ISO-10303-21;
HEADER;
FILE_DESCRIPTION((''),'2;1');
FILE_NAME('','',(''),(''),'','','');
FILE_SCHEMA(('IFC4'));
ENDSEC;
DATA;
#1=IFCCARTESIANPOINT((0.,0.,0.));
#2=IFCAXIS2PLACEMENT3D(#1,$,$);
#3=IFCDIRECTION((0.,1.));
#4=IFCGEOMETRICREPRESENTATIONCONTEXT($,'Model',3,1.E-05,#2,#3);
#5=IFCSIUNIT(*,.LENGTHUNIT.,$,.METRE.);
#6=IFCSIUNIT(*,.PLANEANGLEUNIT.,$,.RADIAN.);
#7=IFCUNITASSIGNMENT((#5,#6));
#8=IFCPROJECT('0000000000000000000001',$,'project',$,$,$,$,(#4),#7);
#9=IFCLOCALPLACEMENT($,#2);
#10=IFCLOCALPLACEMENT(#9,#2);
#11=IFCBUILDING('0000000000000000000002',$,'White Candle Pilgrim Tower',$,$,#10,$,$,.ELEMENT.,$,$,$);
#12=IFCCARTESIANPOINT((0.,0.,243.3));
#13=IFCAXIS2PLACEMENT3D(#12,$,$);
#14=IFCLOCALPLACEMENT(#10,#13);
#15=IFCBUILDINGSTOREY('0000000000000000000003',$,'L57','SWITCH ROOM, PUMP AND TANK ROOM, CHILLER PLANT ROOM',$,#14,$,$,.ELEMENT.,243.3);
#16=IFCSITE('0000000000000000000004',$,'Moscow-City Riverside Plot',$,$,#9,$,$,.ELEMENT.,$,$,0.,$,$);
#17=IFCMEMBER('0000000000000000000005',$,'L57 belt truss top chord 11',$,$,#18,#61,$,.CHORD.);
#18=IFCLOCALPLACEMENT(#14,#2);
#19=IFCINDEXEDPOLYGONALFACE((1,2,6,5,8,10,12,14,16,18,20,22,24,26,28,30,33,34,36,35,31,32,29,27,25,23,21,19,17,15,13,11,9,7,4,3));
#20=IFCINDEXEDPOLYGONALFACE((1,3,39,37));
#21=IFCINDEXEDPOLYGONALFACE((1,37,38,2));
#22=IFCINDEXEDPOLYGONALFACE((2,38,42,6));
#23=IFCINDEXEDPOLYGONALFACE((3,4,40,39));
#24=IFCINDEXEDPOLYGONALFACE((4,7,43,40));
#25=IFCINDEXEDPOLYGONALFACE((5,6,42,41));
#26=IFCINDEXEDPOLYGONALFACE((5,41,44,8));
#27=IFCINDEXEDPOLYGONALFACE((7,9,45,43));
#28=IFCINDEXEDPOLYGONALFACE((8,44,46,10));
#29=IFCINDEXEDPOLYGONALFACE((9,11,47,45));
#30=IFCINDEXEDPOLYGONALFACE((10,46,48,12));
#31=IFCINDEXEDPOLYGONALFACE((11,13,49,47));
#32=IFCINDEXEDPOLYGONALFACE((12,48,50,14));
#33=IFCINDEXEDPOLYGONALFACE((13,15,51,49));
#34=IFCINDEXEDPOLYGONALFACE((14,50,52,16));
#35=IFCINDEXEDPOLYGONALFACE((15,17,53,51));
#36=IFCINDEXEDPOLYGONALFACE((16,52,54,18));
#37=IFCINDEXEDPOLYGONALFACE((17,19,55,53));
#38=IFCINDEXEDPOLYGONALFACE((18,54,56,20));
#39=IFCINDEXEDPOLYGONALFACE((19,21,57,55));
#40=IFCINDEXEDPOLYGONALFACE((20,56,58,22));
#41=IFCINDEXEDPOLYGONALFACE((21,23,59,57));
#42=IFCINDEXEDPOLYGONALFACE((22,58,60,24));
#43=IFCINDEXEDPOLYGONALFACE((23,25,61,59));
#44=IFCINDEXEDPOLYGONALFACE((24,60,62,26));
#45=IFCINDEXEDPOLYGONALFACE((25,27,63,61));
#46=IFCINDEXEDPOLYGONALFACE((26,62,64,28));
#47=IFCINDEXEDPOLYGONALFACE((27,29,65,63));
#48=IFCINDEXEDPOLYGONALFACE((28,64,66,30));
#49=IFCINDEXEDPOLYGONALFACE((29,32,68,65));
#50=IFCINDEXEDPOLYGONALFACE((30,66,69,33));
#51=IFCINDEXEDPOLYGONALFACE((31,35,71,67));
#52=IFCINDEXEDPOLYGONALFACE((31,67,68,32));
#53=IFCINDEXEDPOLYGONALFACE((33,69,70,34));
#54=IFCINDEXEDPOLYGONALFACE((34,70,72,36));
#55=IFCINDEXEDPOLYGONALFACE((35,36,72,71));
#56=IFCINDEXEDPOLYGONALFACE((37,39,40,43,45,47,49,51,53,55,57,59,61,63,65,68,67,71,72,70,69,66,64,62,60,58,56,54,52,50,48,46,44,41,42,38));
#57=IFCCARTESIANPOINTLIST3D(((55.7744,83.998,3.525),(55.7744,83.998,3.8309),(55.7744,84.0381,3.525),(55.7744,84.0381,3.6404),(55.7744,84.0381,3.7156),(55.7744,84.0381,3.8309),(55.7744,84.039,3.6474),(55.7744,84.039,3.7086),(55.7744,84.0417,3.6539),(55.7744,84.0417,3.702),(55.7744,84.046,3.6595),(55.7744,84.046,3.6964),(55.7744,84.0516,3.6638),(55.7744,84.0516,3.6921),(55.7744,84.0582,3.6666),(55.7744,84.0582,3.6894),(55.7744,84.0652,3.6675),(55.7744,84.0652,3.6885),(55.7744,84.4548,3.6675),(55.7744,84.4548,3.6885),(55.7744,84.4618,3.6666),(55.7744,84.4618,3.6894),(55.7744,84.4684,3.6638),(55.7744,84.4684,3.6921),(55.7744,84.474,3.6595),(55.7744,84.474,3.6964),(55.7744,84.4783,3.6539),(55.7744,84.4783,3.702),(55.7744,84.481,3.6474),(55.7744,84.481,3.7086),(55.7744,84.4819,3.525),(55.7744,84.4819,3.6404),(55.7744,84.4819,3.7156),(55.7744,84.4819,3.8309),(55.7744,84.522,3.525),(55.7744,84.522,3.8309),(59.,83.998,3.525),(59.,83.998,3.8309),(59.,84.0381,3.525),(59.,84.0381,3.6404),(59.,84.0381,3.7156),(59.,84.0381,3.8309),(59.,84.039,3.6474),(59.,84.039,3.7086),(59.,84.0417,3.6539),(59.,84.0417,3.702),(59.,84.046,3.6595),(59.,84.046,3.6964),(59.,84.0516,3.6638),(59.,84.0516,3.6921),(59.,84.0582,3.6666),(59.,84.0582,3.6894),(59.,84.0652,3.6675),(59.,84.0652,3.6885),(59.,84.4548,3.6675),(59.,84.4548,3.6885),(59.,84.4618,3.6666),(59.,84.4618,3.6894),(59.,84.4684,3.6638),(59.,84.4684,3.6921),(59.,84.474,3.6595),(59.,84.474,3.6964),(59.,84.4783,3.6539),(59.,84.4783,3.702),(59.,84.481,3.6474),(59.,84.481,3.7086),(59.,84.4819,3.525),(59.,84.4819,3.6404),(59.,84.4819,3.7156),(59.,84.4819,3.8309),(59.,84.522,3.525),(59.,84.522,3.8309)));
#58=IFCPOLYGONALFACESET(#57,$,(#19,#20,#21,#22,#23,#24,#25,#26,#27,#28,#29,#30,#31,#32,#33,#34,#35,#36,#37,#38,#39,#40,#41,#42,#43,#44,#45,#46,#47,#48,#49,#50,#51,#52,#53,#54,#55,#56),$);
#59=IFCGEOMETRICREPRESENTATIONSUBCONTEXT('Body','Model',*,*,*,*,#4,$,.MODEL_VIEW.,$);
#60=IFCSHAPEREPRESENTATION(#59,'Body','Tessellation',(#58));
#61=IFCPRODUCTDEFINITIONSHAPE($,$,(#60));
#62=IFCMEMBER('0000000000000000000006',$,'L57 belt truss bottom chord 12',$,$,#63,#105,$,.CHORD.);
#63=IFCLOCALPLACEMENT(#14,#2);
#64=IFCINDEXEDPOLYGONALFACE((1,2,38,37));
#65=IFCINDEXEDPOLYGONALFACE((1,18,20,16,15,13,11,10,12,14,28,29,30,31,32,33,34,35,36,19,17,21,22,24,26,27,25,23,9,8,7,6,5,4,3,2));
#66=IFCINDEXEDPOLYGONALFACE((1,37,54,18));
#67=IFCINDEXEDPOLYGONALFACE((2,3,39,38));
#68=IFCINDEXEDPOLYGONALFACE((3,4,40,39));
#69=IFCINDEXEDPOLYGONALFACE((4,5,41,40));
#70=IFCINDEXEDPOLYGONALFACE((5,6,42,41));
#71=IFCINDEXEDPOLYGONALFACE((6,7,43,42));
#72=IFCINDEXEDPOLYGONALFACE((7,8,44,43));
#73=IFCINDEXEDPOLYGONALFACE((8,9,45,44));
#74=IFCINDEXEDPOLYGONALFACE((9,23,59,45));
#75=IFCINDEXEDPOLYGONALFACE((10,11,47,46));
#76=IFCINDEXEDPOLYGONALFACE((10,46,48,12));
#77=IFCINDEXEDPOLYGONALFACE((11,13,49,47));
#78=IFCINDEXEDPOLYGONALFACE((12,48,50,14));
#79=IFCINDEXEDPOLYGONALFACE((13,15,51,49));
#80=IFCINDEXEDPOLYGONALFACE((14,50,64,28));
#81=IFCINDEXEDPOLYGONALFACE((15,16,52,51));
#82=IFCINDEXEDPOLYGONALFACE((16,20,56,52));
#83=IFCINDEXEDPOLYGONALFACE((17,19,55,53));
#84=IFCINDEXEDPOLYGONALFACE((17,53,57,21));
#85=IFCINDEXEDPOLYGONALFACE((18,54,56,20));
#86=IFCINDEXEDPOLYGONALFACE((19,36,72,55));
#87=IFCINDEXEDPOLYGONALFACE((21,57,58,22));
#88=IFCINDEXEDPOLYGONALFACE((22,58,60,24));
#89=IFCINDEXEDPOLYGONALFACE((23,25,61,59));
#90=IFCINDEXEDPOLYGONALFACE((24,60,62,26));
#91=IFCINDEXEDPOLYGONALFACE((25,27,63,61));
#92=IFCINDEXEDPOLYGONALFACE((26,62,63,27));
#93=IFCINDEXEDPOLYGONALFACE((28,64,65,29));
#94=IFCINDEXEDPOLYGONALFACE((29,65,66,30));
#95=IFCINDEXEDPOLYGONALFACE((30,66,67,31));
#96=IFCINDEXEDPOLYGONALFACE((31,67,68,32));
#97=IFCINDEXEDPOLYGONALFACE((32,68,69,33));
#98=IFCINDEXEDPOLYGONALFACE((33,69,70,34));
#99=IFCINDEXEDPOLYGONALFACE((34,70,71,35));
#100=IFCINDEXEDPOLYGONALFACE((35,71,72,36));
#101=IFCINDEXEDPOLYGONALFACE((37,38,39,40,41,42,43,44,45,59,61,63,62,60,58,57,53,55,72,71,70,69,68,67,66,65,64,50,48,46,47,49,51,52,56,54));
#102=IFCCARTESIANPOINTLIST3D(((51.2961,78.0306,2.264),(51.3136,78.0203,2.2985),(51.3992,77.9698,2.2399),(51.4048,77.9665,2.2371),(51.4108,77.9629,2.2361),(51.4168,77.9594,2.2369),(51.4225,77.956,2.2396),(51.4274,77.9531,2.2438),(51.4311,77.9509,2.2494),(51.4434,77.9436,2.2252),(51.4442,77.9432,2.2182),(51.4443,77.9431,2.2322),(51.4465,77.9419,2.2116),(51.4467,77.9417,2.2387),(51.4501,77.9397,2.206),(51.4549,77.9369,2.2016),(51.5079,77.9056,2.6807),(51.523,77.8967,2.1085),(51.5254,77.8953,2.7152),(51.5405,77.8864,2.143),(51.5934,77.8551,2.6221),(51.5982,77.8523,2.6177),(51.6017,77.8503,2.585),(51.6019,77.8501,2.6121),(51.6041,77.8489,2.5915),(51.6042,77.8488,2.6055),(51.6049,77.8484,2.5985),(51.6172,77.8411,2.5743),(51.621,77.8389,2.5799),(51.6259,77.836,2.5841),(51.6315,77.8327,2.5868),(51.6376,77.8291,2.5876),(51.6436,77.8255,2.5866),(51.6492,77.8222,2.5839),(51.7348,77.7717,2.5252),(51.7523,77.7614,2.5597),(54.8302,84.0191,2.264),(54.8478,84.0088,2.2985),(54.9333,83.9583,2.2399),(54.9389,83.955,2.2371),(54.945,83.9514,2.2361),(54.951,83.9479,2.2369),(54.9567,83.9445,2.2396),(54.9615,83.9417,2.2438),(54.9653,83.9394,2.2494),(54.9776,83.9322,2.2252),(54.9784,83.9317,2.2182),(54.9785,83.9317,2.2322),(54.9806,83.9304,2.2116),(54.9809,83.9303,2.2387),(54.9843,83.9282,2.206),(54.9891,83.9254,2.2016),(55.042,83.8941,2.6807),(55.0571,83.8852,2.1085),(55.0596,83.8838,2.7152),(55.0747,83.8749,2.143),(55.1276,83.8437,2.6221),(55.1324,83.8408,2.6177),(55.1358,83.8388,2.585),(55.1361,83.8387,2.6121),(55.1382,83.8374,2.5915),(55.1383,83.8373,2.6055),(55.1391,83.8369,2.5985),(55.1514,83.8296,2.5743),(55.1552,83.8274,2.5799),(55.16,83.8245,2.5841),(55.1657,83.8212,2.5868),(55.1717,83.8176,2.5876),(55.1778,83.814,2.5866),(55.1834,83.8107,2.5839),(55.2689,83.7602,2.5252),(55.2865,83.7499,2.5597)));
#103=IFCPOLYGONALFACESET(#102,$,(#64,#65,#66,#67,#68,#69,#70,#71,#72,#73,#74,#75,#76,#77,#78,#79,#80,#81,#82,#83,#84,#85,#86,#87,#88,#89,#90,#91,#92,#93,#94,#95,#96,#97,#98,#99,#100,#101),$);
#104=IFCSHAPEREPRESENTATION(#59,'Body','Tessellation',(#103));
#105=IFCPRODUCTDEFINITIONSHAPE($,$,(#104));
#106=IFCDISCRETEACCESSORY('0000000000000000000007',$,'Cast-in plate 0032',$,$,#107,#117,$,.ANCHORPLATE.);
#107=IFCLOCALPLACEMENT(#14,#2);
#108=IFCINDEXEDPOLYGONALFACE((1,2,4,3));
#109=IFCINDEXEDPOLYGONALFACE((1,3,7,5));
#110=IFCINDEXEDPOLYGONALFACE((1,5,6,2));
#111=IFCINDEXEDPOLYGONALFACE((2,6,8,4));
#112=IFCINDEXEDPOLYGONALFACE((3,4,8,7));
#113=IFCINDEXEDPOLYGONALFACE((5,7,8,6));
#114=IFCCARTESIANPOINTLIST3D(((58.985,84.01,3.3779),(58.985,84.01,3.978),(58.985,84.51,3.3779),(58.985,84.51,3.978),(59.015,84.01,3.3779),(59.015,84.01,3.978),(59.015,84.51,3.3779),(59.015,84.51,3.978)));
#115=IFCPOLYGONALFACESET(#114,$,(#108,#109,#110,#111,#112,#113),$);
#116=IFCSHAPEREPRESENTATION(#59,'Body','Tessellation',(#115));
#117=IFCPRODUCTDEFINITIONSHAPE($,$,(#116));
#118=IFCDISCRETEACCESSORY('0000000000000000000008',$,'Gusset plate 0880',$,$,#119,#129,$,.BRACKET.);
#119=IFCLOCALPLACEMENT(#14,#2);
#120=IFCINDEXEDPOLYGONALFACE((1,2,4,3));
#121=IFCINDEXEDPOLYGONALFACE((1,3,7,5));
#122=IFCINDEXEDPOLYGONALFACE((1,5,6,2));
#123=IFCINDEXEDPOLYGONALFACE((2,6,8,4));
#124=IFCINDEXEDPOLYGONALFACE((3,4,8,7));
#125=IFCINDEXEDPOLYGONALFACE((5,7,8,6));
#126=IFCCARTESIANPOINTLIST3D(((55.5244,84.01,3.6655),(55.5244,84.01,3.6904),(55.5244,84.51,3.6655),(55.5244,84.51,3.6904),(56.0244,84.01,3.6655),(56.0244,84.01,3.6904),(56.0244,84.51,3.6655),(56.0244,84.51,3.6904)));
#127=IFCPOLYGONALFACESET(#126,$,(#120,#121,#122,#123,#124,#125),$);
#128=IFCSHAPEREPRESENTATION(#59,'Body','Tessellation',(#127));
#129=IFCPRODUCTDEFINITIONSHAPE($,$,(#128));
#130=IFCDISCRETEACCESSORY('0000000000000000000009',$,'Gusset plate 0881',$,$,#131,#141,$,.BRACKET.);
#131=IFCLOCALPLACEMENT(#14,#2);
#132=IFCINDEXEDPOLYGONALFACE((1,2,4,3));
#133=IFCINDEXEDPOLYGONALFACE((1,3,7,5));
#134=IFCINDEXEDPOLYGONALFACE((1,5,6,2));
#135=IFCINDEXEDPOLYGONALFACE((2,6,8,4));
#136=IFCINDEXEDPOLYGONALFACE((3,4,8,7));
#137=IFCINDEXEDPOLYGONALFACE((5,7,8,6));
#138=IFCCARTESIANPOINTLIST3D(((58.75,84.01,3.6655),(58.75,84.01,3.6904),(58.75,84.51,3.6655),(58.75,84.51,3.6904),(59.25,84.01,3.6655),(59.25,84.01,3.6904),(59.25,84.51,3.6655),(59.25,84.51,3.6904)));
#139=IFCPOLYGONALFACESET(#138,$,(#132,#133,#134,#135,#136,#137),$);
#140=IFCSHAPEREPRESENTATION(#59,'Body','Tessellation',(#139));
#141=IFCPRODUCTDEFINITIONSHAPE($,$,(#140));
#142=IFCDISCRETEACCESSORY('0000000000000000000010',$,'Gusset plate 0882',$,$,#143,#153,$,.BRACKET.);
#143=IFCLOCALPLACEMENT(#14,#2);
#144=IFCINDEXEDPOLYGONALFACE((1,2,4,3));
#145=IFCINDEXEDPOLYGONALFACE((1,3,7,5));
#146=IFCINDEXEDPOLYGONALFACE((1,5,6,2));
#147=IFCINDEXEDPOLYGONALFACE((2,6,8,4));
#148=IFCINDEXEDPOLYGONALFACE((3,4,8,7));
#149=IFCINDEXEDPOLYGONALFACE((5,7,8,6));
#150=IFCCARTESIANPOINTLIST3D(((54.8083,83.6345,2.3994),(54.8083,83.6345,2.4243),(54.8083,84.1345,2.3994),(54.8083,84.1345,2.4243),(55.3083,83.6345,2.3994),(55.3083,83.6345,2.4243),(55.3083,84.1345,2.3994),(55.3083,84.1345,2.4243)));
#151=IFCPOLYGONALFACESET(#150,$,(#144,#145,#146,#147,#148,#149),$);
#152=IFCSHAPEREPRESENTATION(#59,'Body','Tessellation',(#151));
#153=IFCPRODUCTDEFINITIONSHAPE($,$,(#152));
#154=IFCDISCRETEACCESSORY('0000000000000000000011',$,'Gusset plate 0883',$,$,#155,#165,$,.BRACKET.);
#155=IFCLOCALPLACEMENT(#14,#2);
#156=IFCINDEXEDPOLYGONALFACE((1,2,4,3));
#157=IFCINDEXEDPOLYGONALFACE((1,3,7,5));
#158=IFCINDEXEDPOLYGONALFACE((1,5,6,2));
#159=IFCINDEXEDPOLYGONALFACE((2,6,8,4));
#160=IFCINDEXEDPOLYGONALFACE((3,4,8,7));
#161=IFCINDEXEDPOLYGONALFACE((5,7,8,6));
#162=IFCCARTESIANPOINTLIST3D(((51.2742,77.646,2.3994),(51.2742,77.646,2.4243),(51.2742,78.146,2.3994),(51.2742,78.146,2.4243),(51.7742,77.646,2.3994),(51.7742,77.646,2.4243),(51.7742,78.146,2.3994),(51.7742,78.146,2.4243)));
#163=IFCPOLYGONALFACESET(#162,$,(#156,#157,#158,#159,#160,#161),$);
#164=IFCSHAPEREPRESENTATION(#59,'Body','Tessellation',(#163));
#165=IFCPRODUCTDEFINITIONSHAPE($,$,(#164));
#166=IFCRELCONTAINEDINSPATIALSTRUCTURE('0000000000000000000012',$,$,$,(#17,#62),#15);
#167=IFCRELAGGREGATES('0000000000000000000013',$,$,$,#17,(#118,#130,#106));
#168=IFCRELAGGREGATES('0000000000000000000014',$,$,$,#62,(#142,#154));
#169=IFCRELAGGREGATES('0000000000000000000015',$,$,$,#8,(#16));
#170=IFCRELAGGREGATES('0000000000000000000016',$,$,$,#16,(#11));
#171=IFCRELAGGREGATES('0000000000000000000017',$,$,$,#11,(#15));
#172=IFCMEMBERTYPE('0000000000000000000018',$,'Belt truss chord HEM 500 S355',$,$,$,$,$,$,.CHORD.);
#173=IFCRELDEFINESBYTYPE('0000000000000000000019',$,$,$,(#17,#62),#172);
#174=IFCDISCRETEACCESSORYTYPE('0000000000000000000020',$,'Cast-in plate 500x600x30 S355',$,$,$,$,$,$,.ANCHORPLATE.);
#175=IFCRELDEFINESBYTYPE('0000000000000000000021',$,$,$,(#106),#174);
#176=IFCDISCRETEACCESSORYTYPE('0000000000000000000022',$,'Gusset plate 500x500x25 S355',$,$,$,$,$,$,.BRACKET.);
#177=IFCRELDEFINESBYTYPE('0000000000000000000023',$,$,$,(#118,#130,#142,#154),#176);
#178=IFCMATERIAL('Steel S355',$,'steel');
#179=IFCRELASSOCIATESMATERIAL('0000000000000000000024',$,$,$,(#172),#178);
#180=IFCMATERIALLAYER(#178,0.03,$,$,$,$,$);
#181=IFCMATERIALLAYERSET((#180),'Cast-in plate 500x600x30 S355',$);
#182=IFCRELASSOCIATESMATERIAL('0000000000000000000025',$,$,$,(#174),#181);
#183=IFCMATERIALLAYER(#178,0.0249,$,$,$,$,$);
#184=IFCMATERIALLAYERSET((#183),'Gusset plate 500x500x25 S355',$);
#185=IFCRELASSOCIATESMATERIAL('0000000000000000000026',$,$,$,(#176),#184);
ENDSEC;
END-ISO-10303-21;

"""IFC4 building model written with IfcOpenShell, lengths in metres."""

from ifc_helpers import new_model, si_unit, direction, frame, origin, origin_2d, place, context, subcontext, project, spatial, rectangle, i_section, extrude, material, layer, layer_set, material_profile, profile_set, type_object, element, aggregate, save


model = new_model("IFC4")

# Units and contexts
model_context = context("Model", 3, precision=1e-05, world=origin(), true_north=direction((0.0, 1.0)))
body_context = subcontext(model_context, "Body", "Model", "MODEL_VIEW")
ifc_project = project(units=[si_unit("LENGTHUNIT", "METRE"), si_unit("PLANEANGLEUNIT", "RADIAN")], contexts=[model_context])

# Site, building, storey
site_placement = place(None, origin())
site = spatial("IfcSite", under=ifc_project, at=site_placement, Name="Moscow-City Riverside Plot", CompositionType="ELEMENT", RefElevation=0.0)
building_placement = place(site_placement, origin())
building = spatial("IfcBuilding", under=site, at=building_placement, Name="White Candle Pilgrim Tower", CompositionType="ELEMENT")
storey_placement = place(building_placement, frame((0.0, 0.0, 243.3)))
storey = spatial("IfcBuildingStorey", under=building, at=storey_placement, Name="L57", Description="SWITCH ROOM, PUMP AND TANK ROOM, CHILLER PLANT ROOM", CompositionType="ELEMENT", Elevation=243.3)

# Members
ifc_material_1 = material(Name="Steel S355", Category="steel")
ifc_material_profile_1 = material_profile(ifc_material_1, i_section(OverallWidth=0.3059, OverallDepth=0.5239, WebThickness=0.021, FlangeThickness=0.04, FilletRadius=0.0271, at=origin_2d()), Name="HEM 500")
ifc_profile_set_1 = profile_set([ifc_material_profile_1], Name="Steel S355")
member_type_1 = type_object("IfcMemberType", Name="Belt truss chord HEM 500 S355", PredefinedType="CHORD", material=ifc_profile_set_1)
member_1_placement = place(storey_placement, frame((55.7744, 84.26, 3.678), z_axis=(1.0, 0.0, 0.0), x_axis=(0.0, 0.0, 1.0)))
member_1 = element("IfcMember", 1, at=member_1_placement, inside=storey, type_object=member_type_1, Name="L57 belt truss top chord 11", PredefinedType="CHORD", context=body_context, shape_type="SweptSolid", body=[
    extrude(i_section(OverallWidth=0.3059, OverallDepth=0.5239, WebThickness=0.021, FlangeThickness=0.04, FilletRadius=0.0271, at=origin_2d()), origin(), (0.0, 0.0, 1.0), 3.2256),
])
member_2_placement = place(storey_placement, frame((55.0583, 83.8845, 2.4119), z_axis=(-0.50825, -0.861209, 0.0), x_axis=(0.74168, -0.437709, -0.508254)))
member_2 = element("IfcMember", 2, at=member_2_placement, inside=storey, type_object=member_type_1, Name="L57 belt truss bottom chord 12", PredefinedType="CHORD", context=body_context, shape_type="SweptSolid", body=[
    extrude(i_section(OverallWidth=0.3059, OverallDepth=0.5239, WebThickness=0.021, FlangeThickness=0.04, FilletRadius=0.0271, at=origin_2d()), origin(), (0.0, 0.0, 1.0), 6.9536),
])

# Discrete accessories
ifc_layer_1 = layer(ifc_material_1, 0.03)
ifc_layer_set_1 = layer_set([ifc_layer_1], Name="Cast-in plate 500x600x30 S355")
discrete_accessory_type_1 = type_object("IfcDiscreteAccessoryType", Name="Cast-in plate 500x600x30 S355", PredefinedType="ANCHORPLATE", material=ifc_layer_set_1)
discrete_accessory_1_placement = place(storey_placement, frame((59.0, 84.26, 3.3779), z_axis=(0.0, 0.0, 1.0), x_axis=(-1.0, 0.0, 0.0)))
discrete_accessory_1 = element("IfcDiscreteAccessory", 3, at=discrete_accessory_1_placement, type_object=discrete_accessory_type_1, Name="Cast-in plate 0032", PredefinedType="ANCHORPLATE", context=body_context, shape_type="SweptSolid", body=[
    extrude(rectangle(XDim=0.03, YDim=0.5, at=origin_2d()), origin(), (0.0, 0.0, 1.0), 0.6001),
])
ifc_layer_2 = layer(ifc_material_1, 0.0249)
ifc_layer_set_2 = layer_set([ifc_layer_2], Name="Gusset plate 500x500x25 S355")
discrete_accessory_type_2 = type_object("IfcDiscreteAccessoryType", Name="Gusset plate 500x500x25 S355", PredefinedType="BRACKET", material=ifc_layer_set_2)
discrete_accessory_2_placement = place(storey_placement, frame((55.7744, 84.26, 3.6655), z_axis=(0.0, 0.0, 1.0), x_axis=(1.0, 0.0, 0.0)))
discrete_accessory_2 = element("IfcDiscreteAccessory", 4, at=discrete_accessory_2_placement, type_object=discrete_accessory_type_2, Name="Gusset plate 0880", PredefinedType="BRACKET", context=body_context, shape_type="SweptSolid", body=[
    extrude(rectangle(XDim=0.5, YDim=0.5, at=origin_2d()), origin(), (0.0, 0.0, 1.0), 0.0249),
])
discrete_accessory_3_placement = place(storey_placement, frame((59.0, 84.26, 3.6655), z_axis=(0.0, 0.0, 1.0), x_axis=(1.0, 0.0, 0.0)))
discrete_accessory_3 = element("IfcDiscreteAccessory", 5, at=discrete_accessory_3_placement, type_object=discrete_accessory_type_2, Name="Gusset plate 0881", PredefinedType="BRACKET", context=body_context, shape_type="SweptSolid", body=[
    extrude(rectangle(XDim=0.5, YDim=0.5, at=origin_2d()), origin(), (0.0, 0.0, 1.0), 0.0249),
])
aggregate(member_1, [discrete_accessory_2, discrete_accessory_3, discrete_accessory_1])
discrete_accessory_4_placement = place(storey_placement, frame((55.0583, 83.8845, 2.3994), z_axis=(0.0, 0.0, 1.0), x_axis=(1.0, 0.0, 0.0)))
discrete_accessory_4 = element("IfcDiscreteAccessory", 6, at=discrete_accessory_4_placement, type_object=discrete_accessory_type_2, Name="Gusset plate 0882", PredefinedType="BRACKET", context=body_context, shape_type="SweptSolid", body=[
    extrude(rectangle(XDim=0.5, YDim=0.5, at=origin_2d()), origin(), (0.0, 0.0, 1.0), 0.0249),
])
discrete_accessory_5_placement = place(storey_placement, frame((51.5242, 77.896, 2.3994), z_axis=(0.0, 0.0, 1.0), x_axis=(1.0, 0.0, 0.0)))
discrete_accessory_5 = element("IfcDiscreteAccessory", 7, at=discrete_accessory_5_placement, type_object=discrete_accessory_type_2, Name="Gusset plate 0883", PredefinedType="BRACKET", context=body_context, shape_type="SweptSolid", body=[
    extrude(rectangle(XDim=0.5, YDim=0.5, at=origin_2d()), origin(), (0.0, 0.0, 1.0), 0.0249),
])
aggregate(member_2, [discrete_accessory_4, discrete_accessory_5])

save(model, "model.ifc")
